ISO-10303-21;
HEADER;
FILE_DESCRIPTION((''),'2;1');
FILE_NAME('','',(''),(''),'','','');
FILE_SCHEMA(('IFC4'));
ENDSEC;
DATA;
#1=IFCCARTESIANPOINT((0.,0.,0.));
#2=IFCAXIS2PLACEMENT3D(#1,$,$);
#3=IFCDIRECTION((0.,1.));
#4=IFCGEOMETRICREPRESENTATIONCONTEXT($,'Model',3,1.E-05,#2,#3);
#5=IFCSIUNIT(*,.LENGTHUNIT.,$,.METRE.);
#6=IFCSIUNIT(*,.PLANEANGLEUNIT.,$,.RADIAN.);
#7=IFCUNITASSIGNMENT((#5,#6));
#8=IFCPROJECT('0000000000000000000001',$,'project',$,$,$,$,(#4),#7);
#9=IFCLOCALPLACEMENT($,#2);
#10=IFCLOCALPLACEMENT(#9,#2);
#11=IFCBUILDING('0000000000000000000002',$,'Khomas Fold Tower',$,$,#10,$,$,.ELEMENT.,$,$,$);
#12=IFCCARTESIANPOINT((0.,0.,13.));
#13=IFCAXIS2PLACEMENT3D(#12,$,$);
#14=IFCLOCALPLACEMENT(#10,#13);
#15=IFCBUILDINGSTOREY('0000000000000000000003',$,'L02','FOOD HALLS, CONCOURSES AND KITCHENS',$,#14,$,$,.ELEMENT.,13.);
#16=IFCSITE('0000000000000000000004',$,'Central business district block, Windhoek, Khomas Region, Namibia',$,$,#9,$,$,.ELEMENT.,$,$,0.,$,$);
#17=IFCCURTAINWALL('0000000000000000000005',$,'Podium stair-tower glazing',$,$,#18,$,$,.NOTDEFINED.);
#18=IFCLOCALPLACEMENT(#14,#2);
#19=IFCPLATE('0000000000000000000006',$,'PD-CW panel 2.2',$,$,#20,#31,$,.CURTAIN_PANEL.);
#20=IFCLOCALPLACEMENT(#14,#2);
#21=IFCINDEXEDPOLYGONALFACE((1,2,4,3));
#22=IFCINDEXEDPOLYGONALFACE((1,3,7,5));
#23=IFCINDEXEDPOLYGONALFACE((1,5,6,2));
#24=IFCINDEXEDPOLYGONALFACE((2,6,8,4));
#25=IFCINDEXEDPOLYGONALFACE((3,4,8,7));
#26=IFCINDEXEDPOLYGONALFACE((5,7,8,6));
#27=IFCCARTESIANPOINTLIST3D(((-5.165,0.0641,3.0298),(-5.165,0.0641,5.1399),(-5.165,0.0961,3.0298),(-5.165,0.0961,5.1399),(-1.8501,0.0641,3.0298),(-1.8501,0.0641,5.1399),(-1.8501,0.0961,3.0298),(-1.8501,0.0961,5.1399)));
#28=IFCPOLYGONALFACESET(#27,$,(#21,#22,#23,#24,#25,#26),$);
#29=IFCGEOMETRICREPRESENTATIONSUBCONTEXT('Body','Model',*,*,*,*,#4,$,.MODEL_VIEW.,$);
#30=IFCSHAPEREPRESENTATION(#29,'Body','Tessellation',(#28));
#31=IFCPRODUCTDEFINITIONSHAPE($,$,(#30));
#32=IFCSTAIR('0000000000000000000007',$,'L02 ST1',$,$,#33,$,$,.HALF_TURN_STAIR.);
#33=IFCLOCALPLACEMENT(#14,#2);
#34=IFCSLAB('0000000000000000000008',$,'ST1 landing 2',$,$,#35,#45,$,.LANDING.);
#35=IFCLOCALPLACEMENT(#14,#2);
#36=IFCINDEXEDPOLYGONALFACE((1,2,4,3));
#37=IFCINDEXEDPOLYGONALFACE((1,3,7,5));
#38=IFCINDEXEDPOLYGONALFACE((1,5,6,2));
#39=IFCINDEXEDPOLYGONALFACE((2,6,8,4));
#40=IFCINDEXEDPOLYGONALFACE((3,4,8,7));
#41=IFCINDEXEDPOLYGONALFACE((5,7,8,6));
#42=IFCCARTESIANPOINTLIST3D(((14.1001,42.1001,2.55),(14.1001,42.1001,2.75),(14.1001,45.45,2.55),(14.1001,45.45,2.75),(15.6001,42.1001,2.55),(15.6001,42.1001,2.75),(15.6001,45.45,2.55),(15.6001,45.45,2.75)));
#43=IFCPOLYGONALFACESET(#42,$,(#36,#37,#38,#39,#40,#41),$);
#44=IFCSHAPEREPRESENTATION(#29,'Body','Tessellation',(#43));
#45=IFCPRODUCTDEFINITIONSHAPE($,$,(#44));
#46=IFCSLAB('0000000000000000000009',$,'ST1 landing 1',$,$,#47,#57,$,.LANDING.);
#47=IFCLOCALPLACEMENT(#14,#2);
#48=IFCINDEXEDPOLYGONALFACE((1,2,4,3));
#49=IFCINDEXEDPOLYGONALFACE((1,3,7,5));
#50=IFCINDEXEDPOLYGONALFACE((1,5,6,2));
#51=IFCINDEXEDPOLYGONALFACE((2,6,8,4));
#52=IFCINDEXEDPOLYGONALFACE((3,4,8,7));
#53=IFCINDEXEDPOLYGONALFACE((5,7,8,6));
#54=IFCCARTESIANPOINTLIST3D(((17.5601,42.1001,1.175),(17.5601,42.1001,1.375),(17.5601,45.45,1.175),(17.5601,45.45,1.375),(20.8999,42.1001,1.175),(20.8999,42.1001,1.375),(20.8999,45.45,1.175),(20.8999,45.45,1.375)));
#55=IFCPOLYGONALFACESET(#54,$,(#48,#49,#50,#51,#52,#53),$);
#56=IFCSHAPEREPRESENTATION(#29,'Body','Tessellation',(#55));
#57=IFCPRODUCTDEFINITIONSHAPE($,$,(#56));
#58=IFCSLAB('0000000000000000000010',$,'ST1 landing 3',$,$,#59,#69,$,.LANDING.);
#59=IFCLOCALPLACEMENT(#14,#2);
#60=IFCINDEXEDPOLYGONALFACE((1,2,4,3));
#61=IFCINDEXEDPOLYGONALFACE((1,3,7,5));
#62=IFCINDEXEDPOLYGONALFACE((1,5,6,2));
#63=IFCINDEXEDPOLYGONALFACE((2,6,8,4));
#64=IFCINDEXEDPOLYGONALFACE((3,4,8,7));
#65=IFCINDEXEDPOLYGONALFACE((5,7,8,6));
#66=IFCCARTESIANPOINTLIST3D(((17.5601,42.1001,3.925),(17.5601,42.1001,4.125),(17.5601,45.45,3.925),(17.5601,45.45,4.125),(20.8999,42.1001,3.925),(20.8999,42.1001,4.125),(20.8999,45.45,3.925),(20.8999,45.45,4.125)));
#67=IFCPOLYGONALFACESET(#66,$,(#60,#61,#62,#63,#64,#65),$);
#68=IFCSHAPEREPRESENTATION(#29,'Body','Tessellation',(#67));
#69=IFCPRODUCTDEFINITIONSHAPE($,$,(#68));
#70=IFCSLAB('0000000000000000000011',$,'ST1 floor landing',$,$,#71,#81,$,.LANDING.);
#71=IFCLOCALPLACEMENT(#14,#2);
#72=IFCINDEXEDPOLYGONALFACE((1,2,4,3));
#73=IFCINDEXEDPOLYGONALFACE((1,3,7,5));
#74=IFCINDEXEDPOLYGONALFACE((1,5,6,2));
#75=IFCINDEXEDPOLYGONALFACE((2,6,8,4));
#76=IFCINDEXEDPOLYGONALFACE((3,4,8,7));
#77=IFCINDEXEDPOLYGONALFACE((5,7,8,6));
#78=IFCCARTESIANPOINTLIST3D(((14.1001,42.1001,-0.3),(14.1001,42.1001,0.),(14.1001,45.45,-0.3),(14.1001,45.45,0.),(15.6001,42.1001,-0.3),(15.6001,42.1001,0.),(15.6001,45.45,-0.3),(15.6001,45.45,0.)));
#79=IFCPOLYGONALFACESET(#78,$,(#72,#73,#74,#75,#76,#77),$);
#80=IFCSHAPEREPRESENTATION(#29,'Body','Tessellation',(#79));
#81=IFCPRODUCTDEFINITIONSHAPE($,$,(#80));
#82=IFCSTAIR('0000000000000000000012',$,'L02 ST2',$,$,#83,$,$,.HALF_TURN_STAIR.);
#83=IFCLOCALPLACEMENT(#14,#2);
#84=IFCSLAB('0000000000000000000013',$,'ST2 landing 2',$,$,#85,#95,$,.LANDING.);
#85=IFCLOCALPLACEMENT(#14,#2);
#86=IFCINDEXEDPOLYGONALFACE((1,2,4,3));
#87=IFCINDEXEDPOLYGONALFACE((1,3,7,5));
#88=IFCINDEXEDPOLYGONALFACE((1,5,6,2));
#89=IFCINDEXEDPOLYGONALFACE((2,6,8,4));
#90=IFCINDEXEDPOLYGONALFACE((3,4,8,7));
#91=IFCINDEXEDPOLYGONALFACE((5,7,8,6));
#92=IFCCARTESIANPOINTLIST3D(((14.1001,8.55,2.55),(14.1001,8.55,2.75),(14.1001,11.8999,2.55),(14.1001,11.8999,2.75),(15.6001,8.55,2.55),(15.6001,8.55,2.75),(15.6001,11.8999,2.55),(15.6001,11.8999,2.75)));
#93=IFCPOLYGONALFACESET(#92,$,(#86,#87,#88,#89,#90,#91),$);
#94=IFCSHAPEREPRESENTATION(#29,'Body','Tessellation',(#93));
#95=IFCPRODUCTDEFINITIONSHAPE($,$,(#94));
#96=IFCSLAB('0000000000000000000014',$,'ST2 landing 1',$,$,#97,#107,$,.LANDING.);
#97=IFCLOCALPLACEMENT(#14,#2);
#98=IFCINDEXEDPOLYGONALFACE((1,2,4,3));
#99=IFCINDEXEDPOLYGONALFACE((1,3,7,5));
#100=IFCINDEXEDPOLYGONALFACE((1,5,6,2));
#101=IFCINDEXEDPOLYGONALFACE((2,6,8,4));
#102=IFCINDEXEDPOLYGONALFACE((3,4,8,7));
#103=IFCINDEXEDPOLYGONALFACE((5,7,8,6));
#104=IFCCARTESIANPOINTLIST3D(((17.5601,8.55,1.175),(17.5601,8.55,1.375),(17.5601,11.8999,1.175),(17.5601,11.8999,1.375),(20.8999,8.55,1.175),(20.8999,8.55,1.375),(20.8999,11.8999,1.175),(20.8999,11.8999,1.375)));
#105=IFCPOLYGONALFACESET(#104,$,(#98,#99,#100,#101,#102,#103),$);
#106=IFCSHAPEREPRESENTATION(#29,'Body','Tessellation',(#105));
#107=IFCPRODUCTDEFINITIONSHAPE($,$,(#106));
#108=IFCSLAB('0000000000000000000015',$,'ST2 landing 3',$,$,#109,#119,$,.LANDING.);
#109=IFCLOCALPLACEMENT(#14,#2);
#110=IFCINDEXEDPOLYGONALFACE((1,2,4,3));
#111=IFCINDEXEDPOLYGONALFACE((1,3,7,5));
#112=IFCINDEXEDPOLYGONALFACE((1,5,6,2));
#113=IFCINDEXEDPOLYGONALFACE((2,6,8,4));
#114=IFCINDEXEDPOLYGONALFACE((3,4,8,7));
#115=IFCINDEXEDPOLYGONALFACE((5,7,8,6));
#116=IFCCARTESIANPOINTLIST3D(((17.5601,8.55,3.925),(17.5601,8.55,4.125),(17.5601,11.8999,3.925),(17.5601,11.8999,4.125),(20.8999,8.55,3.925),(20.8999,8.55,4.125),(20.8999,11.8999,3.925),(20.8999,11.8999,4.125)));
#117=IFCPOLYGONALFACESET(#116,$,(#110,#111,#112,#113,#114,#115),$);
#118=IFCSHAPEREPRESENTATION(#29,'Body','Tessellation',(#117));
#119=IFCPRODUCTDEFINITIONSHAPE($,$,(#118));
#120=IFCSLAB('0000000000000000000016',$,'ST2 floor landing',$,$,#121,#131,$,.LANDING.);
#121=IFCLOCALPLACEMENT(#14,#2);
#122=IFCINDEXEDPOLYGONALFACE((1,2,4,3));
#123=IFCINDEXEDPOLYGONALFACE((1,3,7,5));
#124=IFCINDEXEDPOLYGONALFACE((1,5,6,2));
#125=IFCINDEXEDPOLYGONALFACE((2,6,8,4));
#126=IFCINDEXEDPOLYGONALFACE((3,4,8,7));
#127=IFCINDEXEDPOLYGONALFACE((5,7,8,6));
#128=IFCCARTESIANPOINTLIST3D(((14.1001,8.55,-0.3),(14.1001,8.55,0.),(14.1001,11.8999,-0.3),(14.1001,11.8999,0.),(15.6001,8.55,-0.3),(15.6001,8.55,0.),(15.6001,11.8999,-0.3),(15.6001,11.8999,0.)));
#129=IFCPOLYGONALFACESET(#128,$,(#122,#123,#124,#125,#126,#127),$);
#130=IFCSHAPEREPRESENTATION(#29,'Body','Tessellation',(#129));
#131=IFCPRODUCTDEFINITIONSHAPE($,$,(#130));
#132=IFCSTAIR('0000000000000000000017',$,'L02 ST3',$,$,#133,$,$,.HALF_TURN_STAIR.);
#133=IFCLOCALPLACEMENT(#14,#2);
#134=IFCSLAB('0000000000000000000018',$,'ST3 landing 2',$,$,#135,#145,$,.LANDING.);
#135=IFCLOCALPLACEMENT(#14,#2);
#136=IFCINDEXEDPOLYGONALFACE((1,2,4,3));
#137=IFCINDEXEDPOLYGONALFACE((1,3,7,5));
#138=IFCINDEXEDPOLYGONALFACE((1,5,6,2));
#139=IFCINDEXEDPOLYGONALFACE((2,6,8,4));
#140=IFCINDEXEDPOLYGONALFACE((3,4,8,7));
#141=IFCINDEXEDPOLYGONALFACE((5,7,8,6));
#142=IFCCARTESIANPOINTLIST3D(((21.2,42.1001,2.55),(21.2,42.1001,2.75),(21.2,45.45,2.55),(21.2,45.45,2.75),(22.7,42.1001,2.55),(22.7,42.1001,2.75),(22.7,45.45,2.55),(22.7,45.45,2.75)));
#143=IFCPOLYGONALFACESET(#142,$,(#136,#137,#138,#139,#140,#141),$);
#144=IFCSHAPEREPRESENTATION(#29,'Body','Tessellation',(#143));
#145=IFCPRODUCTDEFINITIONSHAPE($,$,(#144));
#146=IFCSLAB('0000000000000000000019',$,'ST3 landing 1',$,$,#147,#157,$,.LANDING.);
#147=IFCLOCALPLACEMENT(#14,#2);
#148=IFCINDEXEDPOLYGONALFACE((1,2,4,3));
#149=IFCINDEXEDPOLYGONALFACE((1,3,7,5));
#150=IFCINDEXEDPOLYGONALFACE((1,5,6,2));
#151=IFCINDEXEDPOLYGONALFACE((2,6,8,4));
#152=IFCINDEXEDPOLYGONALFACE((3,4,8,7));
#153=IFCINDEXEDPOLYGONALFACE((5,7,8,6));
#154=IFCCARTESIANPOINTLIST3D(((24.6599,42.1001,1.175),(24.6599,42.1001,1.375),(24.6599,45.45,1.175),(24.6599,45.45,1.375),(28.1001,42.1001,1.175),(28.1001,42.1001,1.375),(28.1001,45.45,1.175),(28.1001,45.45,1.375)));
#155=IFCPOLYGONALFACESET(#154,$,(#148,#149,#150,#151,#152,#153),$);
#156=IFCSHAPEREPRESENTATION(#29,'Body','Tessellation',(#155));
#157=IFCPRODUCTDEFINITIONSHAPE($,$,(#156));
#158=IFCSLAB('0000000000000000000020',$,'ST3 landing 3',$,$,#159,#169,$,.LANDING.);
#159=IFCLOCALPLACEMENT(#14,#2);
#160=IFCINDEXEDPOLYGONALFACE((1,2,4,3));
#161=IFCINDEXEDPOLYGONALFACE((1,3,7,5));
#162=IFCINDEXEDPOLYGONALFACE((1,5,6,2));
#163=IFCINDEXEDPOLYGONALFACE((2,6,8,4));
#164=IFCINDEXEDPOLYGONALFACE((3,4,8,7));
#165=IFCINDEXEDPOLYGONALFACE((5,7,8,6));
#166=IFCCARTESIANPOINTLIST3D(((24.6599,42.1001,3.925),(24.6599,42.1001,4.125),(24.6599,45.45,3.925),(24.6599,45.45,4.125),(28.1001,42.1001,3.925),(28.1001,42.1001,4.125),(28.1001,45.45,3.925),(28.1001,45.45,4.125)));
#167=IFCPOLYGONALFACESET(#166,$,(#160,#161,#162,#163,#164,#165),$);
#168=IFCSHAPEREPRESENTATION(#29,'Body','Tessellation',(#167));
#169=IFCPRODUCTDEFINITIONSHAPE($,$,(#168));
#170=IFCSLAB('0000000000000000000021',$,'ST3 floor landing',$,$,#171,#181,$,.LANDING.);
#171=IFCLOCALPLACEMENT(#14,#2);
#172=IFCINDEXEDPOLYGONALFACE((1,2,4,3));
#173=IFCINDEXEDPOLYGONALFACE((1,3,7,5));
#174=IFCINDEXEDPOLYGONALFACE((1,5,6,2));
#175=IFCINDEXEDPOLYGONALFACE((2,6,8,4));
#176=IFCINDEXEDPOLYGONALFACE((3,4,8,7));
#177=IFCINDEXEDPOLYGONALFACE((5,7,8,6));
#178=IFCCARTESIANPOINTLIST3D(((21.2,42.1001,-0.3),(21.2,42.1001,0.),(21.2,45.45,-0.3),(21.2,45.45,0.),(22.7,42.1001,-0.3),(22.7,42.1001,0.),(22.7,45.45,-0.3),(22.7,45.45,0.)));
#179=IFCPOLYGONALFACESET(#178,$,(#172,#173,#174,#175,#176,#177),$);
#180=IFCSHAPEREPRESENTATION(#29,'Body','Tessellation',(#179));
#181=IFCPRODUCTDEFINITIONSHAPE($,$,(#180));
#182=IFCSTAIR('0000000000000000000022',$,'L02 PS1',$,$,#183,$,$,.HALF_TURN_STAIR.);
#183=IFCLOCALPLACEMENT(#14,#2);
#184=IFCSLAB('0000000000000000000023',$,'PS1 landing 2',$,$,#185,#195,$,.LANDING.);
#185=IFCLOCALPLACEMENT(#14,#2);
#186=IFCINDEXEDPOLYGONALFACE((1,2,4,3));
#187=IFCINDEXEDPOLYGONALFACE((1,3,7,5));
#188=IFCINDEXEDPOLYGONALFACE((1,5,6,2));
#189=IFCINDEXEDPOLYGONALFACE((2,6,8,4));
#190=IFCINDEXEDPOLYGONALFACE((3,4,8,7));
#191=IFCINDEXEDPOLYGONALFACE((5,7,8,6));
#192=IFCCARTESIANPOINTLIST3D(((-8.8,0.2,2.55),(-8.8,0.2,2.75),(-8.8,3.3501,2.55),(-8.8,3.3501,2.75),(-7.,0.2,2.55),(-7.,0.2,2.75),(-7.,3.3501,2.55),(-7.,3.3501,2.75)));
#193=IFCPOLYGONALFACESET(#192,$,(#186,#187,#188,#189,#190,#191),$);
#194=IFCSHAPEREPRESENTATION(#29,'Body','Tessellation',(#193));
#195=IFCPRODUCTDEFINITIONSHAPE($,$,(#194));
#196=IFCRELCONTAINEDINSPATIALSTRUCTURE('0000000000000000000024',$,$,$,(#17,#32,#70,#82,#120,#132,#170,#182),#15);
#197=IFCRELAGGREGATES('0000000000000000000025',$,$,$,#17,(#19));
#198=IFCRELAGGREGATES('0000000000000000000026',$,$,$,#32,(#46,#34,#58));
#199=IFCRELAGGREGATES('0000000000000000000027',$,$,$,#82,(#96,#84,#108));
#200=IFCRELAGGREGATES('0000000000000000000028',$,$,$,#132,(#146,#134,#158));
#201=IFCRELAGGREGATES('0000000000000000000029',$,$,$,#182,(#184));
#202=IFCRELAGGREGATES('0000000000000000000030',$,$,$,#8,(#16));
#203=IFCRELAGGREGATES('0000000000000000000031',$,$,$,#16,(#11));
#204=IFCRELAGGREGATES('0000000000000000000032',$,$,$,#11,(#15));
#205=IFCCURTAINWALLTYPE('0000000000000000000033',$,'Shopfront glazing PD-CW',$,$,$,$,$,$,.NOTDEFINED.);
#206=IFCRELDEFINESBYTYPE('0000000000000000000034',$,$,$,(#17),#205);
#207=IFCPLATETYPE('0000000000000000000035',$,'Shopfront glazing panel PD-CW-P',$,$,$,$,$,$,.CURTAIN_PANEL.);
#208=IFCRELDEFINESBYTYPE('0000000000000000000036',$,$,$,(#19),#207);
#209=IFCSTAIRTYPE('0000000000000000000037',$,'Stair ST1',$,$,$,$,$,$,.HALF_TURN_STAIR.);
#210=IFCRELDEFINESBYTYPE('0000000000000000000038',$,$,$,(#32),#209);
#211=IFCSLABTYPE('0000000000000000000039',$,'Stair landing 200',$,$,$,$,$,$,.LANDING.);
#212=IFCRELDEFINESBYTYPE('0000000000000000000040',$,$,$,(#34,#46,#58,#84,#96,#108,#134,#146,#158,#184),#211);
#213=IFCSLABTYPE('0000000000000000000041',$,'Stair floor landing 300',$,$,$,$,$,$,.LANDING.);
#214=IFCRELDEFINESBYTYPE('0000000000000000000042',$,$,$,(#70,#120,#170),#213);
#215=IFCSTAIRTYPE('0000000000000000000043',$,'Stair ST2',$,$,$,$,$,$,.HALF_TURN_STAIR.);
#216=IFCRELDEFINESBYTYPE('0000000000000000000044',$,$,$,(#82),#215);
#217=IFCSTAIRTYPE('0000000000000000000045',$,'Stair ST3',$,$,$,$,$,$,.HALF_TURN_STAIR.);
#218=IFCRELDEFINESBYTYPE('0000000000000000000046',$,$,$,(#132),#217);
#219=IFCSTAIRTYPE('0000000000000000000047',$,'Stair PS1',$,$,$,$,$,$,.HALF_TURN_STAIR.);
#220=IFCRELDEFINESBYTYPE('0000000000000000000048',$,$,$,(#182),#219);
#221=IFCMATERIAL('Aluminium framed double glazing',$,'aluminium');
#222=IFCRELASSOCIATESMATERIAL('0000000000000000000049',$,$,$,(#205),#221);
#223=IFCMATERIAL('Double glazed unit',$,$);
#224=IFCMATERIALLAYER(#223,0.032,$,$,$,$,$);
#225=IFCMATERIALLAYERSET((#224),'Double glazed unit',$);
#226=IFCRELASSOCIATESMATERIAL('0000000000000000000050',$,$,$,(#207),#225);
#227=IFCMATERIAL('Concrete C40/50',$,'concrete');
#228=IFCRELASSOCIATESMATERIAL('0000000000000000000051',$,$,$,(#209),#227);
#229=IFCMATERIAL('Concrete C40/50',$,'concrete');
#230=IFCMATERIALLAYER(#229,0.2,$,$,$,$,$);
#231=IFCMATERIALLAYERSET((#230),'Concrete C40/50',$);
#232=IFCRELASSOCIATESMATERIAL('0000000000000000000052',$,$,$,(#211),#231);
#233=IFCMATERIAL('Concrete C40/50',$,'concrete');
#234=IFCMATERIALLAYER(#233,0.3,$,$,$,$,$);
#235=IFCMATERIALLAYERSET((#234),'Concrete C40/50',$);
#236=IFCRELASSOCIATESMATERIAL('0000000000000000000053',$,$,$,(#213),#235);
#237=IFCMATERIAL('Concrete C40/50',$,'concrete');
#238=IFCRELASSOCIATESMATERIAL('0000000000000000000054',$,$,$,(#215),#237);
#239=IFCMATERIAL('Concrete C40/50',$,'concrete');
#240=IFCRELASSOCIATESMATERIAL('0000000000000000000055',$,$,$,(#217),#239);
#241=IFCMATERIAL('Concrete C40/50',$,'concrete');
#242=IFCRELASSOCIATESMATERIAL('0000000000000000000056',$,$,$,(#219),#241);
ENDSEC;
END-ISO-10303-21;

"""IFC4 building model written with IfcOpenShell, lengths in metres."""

from ifc_helpers import new_model, si_unit, direction, frame, origin, origin_2d, place, context, subcontext, project, spatial, polyline, rectangle, outline, extrude, source, transform, mapped, material, layer, layer_set, type_object, element, aggregate, save


model = new_model("IFC4")

# Units and contexts
model_context = context("Model", 3, precision=1e-05, world=origin(), true_north=direction((0.0, 1.0)))
body_context = subcontext(model_context, "Body", "Model", "MODEL_VIEW")
ifc_project = project(units=[si_unit("LENGTHUNIT", "METRE"), si_unit("PLANEANGLEUNIT", "RADIAN")], contexts=[model_context])

# Site, building, storey
site_placement = place(None, origin())
site = spatial("IfcSite", under=ifc_project, at=site_placement, Name="Central business district block, Windhoek, Khomas Region, Namibia", CompositionType="ELEMENT", RefElevation=0.0)
building_placement = place(site_placement, origin())
building = spatial("IfcBuilding", under=site, at=building_placement, Name="Khomas Fold Tower", CompositionType="ELEMENT")
storey_placement = place(building_placement, frame((0.0, 0.0, 13.0)))
storey = spatial("IfcBuildingStorey", under=building, at=storey_placement, Name="L02", Description="FOOD HALLS, CONCOURSES AND KITCHENS", CompositionType="ELEMENT", Elevation=13.0)

# Curtain wall
ifc_material_1 = material(Name="Aluminium framed double glazing", Category="aluminium")
curtain_wall_type = type_object("IfcCurtainWallType", Name="Shopfront glazing PD-CW", PredefinedType="NOTDEFINED", material=ifc_material_1)
curtain_wall_placement = place(storey_placement, origin())
curtain_wall = element("IfcCurtainWall", 1, at=curtain_wall_placement, inside=storey, type_object=curtain_wall_type, Name="Podium stair-tower glazing", PredefinedType="NOTDEFINED")

# Plate
ifc_material_2 = material(Name="Double glazed unit")
ifc_layer_1 = layer(ifc_material_2, 0.032)
ifc_layer_set_1 = layer_set([ifc_layer_1], Name="Double glazed unit")
plate_type = type_object("IfcPlateType", Name="Shopfront glazing panel PD-CW-P", PredefinedType="CURTAIN_PANEL", material=ifc_layer_set_1)
shared_shape_1 = source(origin(), body_context, "Body", "SweptSolid", [
    extrude(rectangle(XDim=3.3149, YDim=0.032, at=origin_2d()), origin(), (0.0, 0.0, 1.0), 2.1101),
])
plate_placement = place(storey_placement, frame((-3.5076, 0.0801, 3.0298), z_axis=(0.0, 0.0, 1.0), x_axis=(1.0, 0.0, 0.0)))
plate = element("IfcPlate", 2, at=plate_placement, type_object=plate_type, Name="PD-CW panel 2.2", PredefinedType="CURTAIN_PANEL", context=body_context, shape_type="MappedRepresentation", body=[
    mapped(shared_shape_1, transform((0.0, 0.0, 0.0))),
])
aggregate(curtain_wall, [plate])

# Stair, slabs
ifc_material_3 = material(Name="Concrete C40/50", Category="concrete")
stair_type_1 = type_object("IfcStairType", Name="Stair ST1", PredefinedType="HALF_TURN_STAIR", material=ifc_material_3)
stair_1_placement = place(storey_placement, origin())
stair_1 = element("IfcStair", 3, at=stair_1_placement, inside=storey, type_object=stair_type_1, Name="L02 ST1", PredefinedType="HALF_TURN_STAIR")
ifc_material_4 = material(Name="Concrete C40/50", Category="concrete")
ifc_layer_2 = layer(ifc_material_4, 0.2)
ifc_layer_set_2 = layer_set([ifc_layer_2], Name="Concrete C40/50")
slab_type_1 = type_object("IfcSlabType", Name="Stair landing 200", PredefinedType="LANDING", material=ifc_layer_set_2)
shared_shape_2 = source(origin(), body_context, "Body", "SweptSolid", [
    extrude(outline(polyline([(14.1001, 42.1001), (15.6001, 42.1001), (15.6001, 45.45), (14.1001, 45.45), (14.1001, 42.1001)])), origin(), (0.0, 0.0, 1.0), 0.2),
])
slab_1_placement = place(storey_placement, frame((0.0, 0.0, 2.55)))
slab_1 = element("IfcSlab", 4, at=slab_1_placement, type_object=slab_type_1, Name="ST1 landing 2", PredefinedType="LANDING", context=body_context, shape_type="MappedRepresentation", body=[
    mapped(shared_shape_2, transform((0.0, 0.0, 0.0))),
])
shared_shape_3 = source(origin(), body_context, "Body", "SweptSolid", [
    extrude(outline(polyline([(17.5601, 42.1001), (20.8999, 42.1001), (20.8999, 45.45), (17.5601, 45.45), (17.5601, 42.1001)])), origin(), (0.0, 0.0, 1.0), 0.2),
])
slab_2_placement = place(storey_placement, frame((0.0, 0.0, 1.175)))
slab_2 = element("IfcSlab", 5, at=slab_2_placement, type_object=slab_type_1, Name="ST1 landing 1", PredefinedType="LANDING", context=body_context, shape_type="MappedRepresentation", body=[
    mapped(shared_shape_3, transform((0.0, 0.0, 0.0))),
])
slab_3_placement = place(storey_placement, frame((0.0, 0.0, 3.925)))
slab_3 = element("IfcSlab", 6, at=slab_3_placement, type_object=slab_type_1, Name="ST1 landing 3", PredefinedType="LANDING", context=body_context, shape_type="MappedRepresentation", body=[
    mapped(shared_shape_3, transform((0.0, 0.0, 0.0))),
])
aggregate(stair_1, [slab_2, slab_1, slab_3])

# Slab
ifc_material_5 = material(Name="Concrete C40/50", Category="concrete")
ifc_layer_3 = layer(ifc_material_5, 0.3)
ifc_layer_set_3 = layer_set([ifc_layer_3], Name="Concrete C40/50")
slab_type_2 = type_object("IfcSlabType", Name="Stair floor landing 300", PredefinedType="LANDING", material=ifc_layer_set_3)
shared_shape_4 = source(origin(), body_context, "Body", "SweptSolid", [
    extrude(outline(polyline([(14.1001, 45.45), (15.6001, 45.45), (15.6001, 42.1001), (14.1001, 42.1001), (14.1001, 45.45)])), origin(), (0.0, 0.0, 1.0), 0.3),
])
slab_4_placement = place(storey_placement, frame((0.0, 0.0, -0.3)))
element("IfcSlab", 7, at=slab_4_placement, inside=storey, type_object=slab_type_2, Name="ST1 floor landing", PredefinedType="LANDING", context=body_context, shape_type="MappedRepresentation", body=[
    mapped(shared_shape_4, transform((0.0, 0.0, 0.0))),
])

# Stair, slabs
ifc_material_6 = material(Name="Concrete C40/50", Category="concrete")
stair_type_2 = type_object("IfcStairType", Name="Stair ST2", PredefinedType="HALF_TURN_STAIR", material=ifc_material_6)
stair_2_placement = place(storey_placement, origin())
stair_2 = element("IfcStair", 8, at=stair_2_placement, inside=storey, type_object=stair_type_2, Name="L02 ST2", PredefinedType="HALF_TURN_STAIR")
shared_shape_5 = source(origin(), body_context, "Body", "SweptSolid", [
    extrude(outline(polyline([(14.1001, 8.55), (15.6001, 8.55), (15.6001, 11.8999), (14.1001, 11.8999), (14.1001, 8.55)])), origin(), (0.0, 0.0, 1.0), 0.2),
])
slab_5_placement = place(storey_placement, frame((0.0, 0.0, 2.55)))
slab_5 = element("IfcSlab", 9, at=slab_5_placement, type_object=slab_type_1, Name="ST2 landing 2", PredefinedType="LANDING", context=body_context, shape_type="MappedRepresentation", body=[
    mapped(shared_shape_5, transform((0.0, 0.0, 0.0))),
])
shared_shape_6 = source(origin(), body_context, "Body", "SweptSolid", [
    extrude(outline(polyline([(17.5601, 8.55), (20.8999, 8.55), (20.8999, 11.8999), (17.5601, 11.8999), (17.5601, 8.55)])), origin(), (0.0, 0.0, 1.0), 0.2),
])
slab_6_placement = place(storey_placement, frame((0.0, 0.0, 1.175)))
slab_6 = element("IfcSlab", 10, at=slab_6_placement, type_object=slab_type_1, Name="ST2 landing 1", PredefinedType="LANDING", context=body_context, shape_type="MappedRepresentation", body=[
    mapped(shared_shape_6, transform((0.0, 0.0, 0.0))),
])
slab_7_placement = place(storey_placement, frame((0.0, 0.0, 3.925)))
slab_7 = element("IfcSlab", 11, at=slab_7_placement, type_object=slab_type_1, Name="ST2 landing 3", PredefinedType="LANDING", context=body_context, shape_type="MappedRepresentation", body=[
    mapped(shared_shape_6, transform((0.0, 0.0, 0.0))),
])
aggregate(stair_2, [slab_6, slab_5, slab_7])

# Slab
shared_shape_7 = source(origin(), body_context, "Body", "SweptSolid", [
    extrude(outline(polyline([(14.1001, 11.8999), (15.6001, 11.8999), (15.6001, 8.55), (14.1001, 8.55), (14.1001, 11.8999)])), origin(), (0.0, 0.0, 1.0), 0.3),
])
slab_8_placement = place(storey_placement, frame((0.0, 0.0, -0.3)))
element("IfcSlab", 12, at=slab_8_placement, inside=storey, type_object=slab_type_2, Name="ST2 floor landing", PredefinedType="LANDING", context=body_context, shape_type="MappedRepresentation", body=[
    mapped(shared_shape_7, transform((0.0, 0.0, 0.0))),
])

# Stair, slabs
ifc_material_7 = material(Name="Concrete C40/50", Category="concrete")
stair_type_3 = type_object("IfcStairType", Name="Stair ST3", PredefinedType="HALF_TURN_STAIR", material=ifc_material_7)
stair_3_placement = place(storey_placement, origin())
stair_3 = element("IfcStair", 13, at=stair_3_placement, inside=storey, type_object=stair_type_3, Name="L02 ST3", PredefinedType="HALF_TURN_STAIR")
shared_shape_8 = source(origin(), body_context, "Body", "SweptSolid", [
    extrude(outline(polyline([(21.2, 42.1001), (22.7, 42.1001), (22.7, 45.45), (21.2, 45.45), (21.2, 42.1001)])), origin(), (0.0, 0.0, 1.0), 0.2),
])
slab_9_placement = place(storey_placement, frame((0.0, 0.0, 2.55)))
slab_9 = element("IfcSlab", 14, at=slab_9_placement, type_object=slab_type_1, Name="ST3 landing 2", PredefinedType="LANDING", context=body_context, shape_type="MappedRepresentation", body=[
    mapped(shared_shape_8, transform((0.0, 0.0, 0.0))),
])
shared_shape_9 = source(origin(), body_context, "Body", "SweptSolid", [
    extrude(outline(polyline([(24.6599, 42.1001), (28.1001, 42.1001), (28.1001, 45.45), (24.6599, 45.45), (24.6599, 42.1001)])), origin(), (0.0, 0.0, 1.0), 0.2),
])
slab_10_placement = place(storey_placement, frame((0.0, 0.0, 1.175)))
slab_10 = element("IfcSlab", 15, at=slab_10_placement, type_object=slab_type_1, Name="ST3 landing 1", PredefinedType="LANDING", context=body_context, shape_type="MappedRepresentation", body=[
    mapped(shared_shape_9, transform((0.0, 0.0, 0.0))),
])
slab_11_placement = place(storey_placement, frame((0.0, 0.0, 3.925)))
slab_11 = element("IfcSlab", 16, at=slab_11_placement, type_object=slab_type_1, Name="ST3 landing 3", PredefinedType="LANDING", context=body_context, shape_type="MappedRepresentation", body=[
    mapped(shared_shape_9, transform((0.0, 0.0, 0.0))),
])
aggregate(stair_3, [slab_10, slab_9, slab_11])

# Slab
shared_shape_10 = source(origin(), body_context, "Body", "SweptSolid", [
    extrude(outline(polyline([(21.2, 45.45), (22.7, 45.45), (22.7, 42.1001), (21.2, 42.1001), (21.2, 45.45)])), origin(), (0.0, 0.0, 1.0), 0.3),
])
slab_12_placement = place(storey_placement, frame((0.0, 0.0, -0.3)))
element("IfcSlab", 17, at=slab_12_placement, inside=storey, type_object=slab_type_2, Name="ST3 floor landing", PredefinedType="LANDING", context=body_context, shape_type="MappedRepresentation", body=[
    mapped(shared_shape_10, transform((0.0, 0.0, 0.0))),
])

# Stair, slab
ifc_material_8 = material(Name="Concrete C40/50", Category="concrete")
stair_type_4 = type_object("IfcStairType", Name="Stair PS1", PredefinedType="HALF_TURN_STAIR", material=ifc_material_8)
stair_4_placement = place(storey_placement, origin())
stair_4 = element("IfcStair", 18, at=stair_4_placement, inside=storey, type_object=stair_type_4, Name="L02 PS1", PredefinedType="HALF_TURN_STAIR")
shared_shape_11 = source(origin(), body_context, "Body", "SweptSolid", [
    extrude(outline(polyline([(-8.8, 0.2), (-7.0, 0.2), (-7.0, 3.3501), (-8.8, 3.3501), (-8.8, 0.2)])), origin(), (0.0, 0.0, 1.0), 0.2),
])
slab_13_placement = place(storey_placement, frame((0.0, 0.0, 2.55)))
slab_13 = element("IfcSlab", 19, at=slab_13_placement, type_object=slab_type_1, Name="PS1 landing 2", PredefinedType="LANDING", context=body_context, shape_type="MappedRepresentation", body=[
    mapped(shared_shape_11, transform((0.0, 0.0, 0.0))),
])
aggregate(stair_4, [slab_13])

save(model, "model.ifc")
